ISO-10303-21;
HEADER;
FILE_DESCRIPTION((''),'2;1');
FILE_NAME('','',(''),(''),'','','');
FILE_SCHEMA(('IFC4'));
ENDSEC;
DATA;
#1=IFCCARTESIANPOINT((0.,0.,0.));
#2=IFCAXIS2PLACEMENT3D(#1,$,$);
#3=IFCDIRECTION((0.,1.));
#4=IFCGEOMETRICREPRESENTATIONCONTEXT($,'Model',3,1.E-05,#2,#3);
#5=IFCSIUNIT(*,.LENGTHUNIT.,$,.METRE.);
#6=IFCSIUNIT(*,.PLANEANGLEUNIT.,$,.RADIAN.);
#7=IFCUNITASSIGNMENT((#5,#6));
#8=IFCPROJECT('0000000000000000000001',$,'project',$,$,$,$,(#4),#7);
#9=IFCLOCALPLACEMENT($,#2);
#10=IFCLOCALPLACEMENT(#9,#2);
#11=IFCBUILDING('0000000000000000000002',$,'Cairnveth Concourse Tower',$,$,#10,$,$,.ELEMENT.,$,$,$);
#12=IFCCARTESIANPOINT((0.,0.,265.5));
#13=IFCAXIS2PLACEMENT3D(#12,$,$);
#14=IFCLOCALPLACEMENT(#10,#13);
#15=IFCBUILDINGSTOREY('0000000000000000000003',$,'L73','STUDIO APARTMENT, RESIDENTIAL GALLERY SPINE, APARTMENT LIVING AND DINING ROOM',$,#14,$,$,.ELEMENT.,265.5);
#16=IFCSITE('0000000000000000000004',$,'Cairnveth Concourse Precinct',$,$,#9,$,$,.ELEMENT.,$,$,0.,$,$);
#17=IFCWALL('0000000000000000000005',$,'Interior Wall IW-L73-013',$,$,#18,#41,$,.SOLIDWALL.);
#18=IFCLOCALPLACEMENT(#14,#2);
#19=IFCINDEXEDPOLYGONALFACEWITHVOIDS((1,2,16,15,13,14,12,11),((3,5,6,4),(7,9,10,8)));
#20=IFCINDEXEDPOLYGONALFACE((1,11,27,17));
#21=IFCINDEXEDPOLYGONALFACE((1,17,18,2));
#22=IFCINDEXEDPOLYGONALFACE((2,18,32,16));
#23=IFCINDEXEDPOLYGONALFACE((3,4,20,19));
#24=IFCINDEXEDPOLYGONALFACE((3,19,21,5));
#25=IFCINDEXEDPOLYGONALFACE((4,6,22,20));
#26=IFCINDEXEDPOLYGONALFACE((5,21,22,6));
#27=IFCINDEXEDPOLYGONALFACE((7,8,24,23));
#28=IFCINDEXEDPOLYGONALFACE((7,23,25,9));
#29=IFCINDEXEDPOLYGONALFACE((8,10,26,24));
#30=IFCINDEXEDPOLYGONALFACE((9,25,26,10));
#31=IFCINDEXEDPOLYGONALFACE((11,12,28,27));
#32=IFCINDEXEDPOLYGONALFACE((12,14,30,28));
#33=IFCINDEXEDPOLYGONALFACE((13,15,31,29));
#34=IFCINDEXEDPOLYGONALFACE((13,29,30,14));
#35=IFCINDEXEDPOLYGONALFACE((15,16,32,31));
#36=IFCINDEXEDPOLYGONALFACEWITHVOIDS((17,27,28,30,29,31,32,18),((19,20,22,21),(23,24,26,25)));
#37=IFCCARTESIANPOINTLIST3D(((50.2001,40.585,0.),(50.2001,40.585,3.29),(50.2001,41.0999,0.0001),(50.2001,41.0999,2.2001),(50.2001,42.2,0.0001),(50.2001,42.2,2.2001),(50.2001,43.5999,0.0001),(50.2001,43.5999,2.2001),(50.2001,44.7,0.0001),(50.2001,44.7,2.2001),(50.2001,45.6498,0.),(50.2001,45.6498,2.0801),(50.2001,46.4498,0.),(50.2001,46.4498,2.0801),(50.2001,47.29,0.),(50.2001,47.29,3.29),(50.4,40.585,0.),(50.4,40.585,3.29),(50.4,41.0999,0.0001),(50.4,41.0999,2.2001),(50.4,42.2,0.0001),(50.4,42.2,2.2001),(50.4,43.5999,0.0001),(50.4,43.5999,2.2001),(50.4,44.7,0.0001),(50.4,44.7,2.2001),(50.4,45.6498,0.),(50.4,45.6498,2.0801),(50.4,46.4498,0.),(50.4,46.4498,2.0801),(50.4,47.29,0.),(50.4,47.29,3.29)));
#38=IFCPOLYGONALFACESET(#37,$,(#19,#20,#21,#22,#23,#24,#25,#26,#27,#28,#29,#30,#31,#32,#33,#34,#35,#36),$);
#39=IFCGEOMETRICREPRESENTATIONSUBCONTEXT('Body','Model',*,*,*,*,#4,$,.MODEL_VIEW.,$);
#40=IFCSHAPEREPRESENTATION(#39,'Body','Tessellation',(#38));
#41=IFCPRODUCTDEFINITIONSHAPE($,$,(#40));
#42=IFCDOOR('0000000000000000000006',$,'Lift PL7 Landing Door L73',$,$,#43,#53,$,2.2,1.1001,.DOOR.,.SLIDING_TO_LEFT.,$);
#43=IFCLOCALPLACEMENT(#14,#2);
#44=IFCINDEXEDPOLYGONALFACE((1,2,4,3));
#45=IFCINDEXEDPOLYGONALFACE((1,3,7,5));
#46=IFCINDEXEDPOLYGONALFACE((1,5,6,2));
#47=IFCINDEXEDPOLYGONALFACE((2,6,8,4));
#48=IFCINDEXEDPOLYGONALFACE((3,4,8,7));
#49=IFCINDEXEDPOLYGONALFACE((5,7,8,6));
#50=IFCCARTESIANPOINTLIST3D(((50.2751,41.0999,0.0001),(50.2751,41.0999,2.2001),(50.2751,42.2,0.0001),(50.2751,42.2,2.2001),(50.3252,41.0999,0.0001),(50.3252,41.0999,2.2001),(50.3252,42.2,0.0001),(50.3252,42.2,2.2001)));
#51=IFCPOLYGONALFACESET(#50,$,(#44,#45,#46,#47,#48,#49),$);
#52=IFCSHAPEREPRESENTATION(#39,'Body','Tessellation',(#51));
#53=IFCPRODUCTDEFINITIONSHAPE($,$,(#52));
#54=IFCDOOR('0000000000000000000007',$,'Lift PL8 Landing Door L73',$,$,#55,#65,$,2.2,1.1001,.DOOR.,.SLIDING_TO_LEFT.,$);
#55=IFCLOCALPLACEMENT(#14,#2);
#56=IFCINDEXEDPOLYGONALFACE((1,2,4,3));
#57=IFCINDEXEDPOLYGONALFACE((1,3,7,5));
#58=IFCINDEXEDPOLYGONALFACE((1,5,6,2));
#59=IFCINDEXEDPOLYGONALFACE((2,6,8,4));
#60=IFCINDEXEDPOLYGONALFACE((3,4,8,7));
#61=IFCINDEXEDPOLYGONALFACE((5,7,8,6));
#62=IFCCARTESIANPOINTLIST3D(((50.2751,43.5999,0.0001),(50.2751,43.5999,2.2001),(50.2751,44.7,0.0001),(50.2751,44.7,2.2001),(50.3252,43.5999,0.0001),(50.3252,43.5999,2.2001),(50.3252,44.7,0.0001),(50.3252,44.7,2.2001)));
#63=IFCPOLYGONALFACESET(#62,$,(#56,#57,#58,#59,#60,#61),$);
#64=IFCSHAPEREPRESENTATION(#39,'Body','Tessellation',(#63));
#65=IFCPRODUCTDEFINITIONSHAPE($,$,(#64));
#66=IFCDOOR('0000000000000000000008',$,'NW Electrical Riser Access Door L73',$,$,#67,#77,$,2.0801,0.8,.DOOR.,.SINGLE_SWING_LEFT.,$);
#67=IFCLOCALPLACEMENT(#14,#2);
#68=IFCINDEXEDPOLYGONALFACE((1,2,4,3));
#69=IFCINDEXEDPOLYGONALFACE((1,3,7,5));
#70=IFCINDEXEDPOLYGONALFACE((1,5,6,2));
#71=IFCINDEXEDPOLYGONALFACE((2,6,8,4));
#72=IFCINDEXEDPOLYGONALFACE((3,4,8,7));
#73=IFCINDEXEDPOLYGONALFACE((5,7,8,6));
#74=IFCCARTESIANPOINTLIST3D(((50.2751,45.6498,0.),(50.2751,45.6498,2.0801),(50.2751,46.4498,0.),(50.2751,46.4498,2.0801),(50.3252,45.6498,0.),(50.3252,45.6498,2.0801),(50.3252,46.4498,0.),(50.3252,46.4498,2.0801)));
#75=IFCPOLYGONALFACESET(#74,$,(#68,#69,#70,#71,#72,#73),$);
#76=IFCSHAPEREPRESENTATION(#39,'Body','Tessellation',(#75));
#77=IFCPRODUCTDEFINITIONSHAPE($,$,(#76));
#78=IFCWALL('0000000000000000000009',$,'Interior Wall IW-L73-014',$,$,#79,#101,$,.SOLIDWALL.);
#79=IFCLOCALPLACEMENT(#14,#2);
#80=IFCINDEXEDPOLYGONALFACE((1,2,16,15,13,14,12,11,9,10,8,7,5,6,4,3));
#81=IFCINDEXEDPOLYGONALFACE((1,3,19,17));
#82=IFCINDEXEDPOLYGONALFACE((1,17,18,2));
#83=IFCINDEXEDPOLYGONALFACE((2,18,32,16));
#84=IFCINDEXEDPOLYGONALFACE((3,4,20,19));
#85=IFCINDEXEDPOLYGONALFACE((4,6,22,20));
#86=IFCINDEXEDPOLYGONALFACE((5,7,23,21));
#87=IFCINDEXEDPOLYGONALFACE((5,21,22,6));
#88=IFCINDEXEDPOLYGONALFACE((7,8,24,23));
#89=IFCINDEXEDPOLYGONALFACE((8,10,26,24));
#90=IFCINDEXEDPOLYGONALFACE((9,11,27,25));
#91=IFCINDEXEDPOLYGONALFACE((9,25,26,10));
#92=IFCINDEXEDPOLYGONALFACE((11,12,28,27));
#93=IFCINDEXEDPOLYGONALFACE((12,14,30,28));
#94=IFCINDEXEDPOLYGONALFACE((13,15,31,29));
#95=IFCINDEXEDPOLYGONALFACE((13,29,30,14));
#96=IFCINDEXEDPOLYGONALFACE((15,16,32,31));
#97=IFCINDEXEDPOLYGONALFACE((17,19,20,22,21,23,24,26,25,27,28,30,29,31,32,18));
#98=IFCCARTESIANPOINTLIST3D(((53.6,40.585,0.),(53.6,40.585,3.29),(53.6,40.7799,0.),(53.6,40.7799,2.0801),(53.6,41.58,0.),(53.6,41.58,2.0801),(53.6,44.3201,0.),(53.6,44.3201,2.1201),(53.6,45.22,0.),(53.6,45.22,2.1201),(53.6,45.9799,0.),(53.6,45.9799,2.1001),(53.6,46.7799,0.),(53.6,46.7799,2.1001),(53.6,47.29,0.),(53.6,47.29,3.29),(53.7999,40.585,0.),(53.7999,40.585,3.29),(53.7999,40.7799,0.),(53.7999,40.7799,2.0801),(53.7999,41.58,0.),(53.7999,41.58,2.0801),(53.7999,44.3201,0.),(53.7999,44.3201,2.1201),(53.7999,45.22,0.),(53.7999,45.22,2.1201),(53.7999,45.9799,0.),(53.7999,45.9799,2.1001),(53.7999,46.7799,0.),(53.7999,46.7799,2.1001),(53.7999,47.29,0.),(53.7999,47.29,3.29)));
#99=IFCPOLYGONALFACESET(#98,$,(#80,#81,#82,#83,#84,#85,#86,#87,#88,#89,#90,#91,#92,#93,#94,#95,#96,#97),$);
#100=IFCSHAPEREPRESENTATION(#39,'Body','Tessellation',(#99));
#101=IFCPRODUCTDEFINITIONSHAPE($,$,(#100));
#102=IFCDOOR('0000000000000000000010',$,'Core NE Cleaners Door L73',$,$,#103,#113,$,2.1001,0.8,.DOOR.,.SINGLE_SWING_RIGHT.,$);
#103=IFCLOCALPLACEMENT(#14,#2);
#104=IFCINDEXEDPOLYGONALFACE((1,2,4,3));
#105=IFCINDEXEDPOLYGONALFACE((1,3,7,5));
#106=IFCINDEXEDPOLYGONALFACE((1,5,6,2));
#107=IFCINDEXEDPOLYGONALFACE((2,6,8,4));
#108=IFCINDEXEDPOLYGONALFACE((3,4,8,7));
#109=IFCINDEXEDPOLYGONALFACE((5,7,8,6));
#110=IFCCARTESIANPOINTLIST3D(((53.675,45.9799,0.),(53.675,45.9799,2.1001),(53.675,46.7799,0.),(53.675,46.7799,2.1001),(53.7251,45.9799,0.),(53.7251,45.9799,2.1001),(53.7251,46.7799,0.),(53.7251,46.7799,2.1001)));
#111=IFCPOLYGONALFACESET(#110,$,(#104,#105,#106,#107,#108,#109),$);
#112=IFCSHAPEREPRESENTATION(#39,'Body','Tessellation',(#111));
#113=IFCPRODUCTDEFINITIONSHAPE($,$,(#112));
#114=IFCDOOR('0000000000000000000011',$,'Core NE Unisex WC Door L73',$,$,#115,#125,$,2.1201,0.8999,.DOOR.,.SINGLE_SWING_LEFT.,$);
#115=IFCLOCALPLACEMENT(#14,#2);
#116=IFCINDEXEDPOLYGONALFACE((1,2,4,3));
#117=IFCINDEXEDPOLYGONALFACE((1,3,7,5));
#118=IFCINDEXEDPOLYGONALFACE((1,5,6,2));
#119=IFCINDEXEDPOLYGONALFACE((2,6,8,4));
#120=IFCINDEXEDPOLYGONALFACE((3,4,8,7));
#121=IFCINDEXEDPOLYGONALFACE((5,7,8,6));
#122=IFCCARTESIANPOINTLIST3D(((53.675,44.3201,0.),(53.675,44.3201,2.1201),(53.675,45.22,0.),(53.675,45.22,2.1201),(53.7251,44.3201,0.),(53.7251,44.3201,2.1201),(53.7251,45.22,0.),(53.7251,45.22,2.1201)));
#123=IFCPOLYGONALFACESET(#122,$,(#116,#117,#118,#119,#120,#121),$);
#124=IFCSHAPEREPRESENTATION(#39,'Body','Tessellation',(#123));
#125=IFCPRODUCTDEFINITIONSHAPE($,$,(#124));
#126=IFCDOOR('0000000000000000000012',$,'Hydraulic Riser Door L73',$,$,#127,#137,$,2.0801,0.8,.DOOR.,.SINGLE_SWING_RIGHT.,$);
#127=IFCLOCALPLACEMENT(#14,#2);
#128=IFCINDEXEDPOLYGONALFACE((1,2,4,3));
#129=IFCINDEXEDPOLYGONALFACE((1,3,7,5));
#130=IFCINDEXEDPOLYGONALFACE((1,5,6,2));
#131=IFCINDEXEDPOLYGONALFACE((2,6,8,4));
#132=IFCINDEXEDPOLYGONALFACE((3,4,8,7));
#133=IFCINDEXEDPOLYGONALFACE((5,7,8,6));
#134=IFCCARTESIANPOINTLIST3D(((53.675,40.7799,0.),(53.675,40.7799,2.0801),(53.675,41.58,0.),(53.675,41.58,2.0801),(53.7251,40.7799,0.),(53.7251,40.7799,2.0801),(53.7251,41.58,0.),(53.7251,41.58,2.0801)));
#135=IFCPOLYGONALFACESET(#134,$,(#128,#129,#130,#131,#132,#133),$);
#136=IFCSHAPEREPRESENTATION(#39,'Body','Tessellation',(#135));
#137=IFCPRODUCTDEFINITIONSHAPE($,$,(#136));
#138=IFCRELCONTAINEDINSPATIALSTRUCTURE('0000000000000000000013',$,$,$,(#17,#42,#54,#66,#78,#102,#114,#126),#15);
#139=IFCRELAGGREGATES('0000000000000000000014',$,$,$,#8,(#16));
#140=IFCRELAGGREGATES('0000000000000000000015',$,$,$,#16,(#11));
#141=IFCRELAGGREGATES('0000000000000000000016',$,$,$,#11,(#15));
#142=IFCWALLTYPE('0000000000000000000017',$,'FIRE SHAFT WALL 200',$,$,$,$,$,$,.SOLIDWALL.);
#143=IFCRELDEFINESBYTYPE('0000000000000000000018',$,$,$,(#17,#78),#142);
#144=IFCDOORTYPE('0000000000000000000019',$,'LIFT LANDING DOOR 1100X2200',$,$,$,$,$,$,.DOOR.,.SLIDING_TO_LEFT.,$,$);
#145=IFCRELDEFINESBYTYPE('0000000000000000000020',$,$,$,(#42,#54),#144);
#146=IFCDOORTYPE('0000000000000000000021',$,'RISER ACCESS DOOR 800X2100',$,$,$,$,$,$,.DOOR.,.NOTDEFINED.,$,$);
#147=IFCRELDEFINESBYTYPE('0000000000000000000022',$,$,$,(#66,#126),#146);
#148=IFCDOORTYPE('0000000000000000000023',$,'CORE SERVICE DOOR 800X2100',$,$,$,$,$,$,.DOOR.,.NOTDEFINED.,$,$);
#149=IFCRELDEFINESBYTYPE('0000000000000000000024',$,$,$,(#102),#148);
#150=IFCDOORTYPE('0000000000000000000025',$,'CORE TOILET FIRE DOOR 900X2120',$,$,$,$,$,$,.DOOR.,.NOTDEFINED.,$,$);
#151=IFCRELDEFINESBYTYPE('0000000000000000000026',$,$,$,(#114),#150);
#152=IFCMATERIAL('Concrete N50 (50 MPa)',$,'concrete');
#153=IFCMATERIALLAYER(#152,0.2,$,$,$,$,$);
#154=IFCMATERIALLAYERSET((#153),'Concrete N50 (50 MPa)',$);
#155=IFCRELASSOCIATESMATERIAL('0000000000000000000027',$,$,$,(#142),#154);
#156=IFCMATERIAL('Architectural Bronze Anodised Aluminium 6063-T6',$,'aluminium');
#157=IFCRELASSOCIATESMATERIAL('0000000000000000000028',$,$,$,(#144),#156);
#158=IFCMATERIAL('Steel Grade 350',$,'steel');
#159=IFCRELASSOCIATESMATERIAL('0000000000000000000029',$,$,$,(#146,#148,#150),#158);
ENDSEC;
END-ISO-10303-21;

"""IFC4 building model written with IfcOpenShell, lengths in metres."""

from ifc_helpers import new_model, si_unit, direction, frame, frame_2d, origin, place, context, subcontext, project, spatial, rectangle, extrude, material, layer, layer_set, type_object, element, fill, save


model = new_model("IFC4")

# Units and contexts
model_context = context("Model", 3, precision=1e-05, world=origin(), true_north=direction((0.0, 1.0)))
body_context = subcontext(model_context, "Body", "Model", "MODEL_VIEW")
ifc_project = project(units=[si_unit("LENGTHUNIT", "METRE"), si_unit("PLANEANGLEUNIT", "RADIAN")], contexts=[model_context])

# Site, building, storey
site_placement = place(None, origin())
site = spatial("IfcSite", under=ifc_project, at=site_placement, Name="Cairnveth Concourse Precinct", CompositionType="ELEMENT", RefElevation=0.0)
building_placement = place(site_placement, origin())
building = spatial("IfcBuilding", under=site, at=building_placement, Name="Cairnveth Concourse Tower", CompositionType="ELEMENT")
storey_placement = place(building_placement, frame((0.0, 0.0, 265.5)))
storey = spatial("IfcBuildingStorey", under=building, at=storey_placement, Name="L73", Description="STUDIO APARTMENT, RESIDENTIAL GALLERY SPINE, APARTMENT LIVING AND DINING ROOM", CompositionType="ELEMENT", Elevation=265.5)

# Shared definitions
ifc_material_1 = material(Name="Steel Grade 350", Category="steel")

# Shared definitions
ifc_material_2 = material(Name="Concrete N50 (50 MPa)", Category="concrete")
ifc_layer_1 = layer(ifc_material_2, 0.2)
ifc_layer_set_1 = layer_set([ifc_layer_1], Name="Concrete N50 (50 MPa)")
wall_type_1 = type_object("IfcWallType", Name="FIRE SHAFT WALL 200", PredefinedType="SOLIDWALL", material=ifc_layer_set_1)

# Walls, openings, doors
wall_1_placement = place(storey_placement, frame((50.3, 40.585, 0.0), z_axis=(0.0, 0.0, 1.0), x_axis=(0.0, 1.0, 0.0)))
wall_1 = element("IfcWall", 1, at=wall_1_placement, inside=storey, type_object=wall_type_1, Name="Interior Wall IW-L73-013", PredefinedType="SOLIDWALL", context=body_context, shape_type="SweptSolid", body=[
    extrude(rectangle(XDim=6.7051, YDim=0.2, at=frame_2d((3.3525, 0.0))), origin(), (0.0, 0.0, 1.0), 3.29),
])
opening_1_placement = place(wall_1_placement, frame((0.5149, 0.0, 0.0)))
opening_1 = element("IfcOpeningElement", 2, at=opening_1_placement, cuts=wall_1, PredefinedType="OPENING", context=body_context, shape_type="SweptSolid", body=[
    extrude(rectangle(XDim=1.1001, YDim=2.2, at=frame_2d((0.55, 1.1001))), frame((0.0, 0.1099, 0.0), z_axis=(0.0, -1.0, 0.0), x_axis=(1.0, 0.0, 0.0)), (0.0, 0.0, 1.0), 0.22),
])
opening_2_placement = place(wall_1_placement, frame((3.0149, 0.0, 0.0)))
opening_2 = element("IfcOpeningElement", 3, at=opening_2_placement, cuts=wall_1, PredefinedType="OPENING", context=body_context, shape_type="SweptSolid", body=[
    extrude(rectangle(XDim=1.1001, YDim=2.2, at=frame_2d((0.55, 1.1001))), frame((0.0, 0.1099, 0.0), z_axis=(0.0, -1.0, 0.0), x_axis=(1.0, 0.0, 0.0)), (0.0, 0.0, 1.0), 0.22),
])
opening_3_placement = place(wall_1_placement, frame((5.0649, 0.0, 0.0)))
opening_3 = element("IfcOpeningElement", 4, at=opening_3_placement, cuts=wall_1, PredefinedType="OPENING", context=body_context, shape_type="SweptSolid", body=[
    extrude(rectangle(XDim=0.8, YDim=2.0801, at=frame_2d((0.3999, 1.04))), frame((0.0, 0.1099, 0.0), z_axis=(0.0, -1.0, 0.0), x_axis=(1.0, 0.0, 0.0)), (0.0, 0.0, 1.0), 0.22),
])
ifc_material_3 = material(Name="Architectural Bronze Anodised Aluminium 6063-T6", Category="aluminium")
door_type_1 = type_object("IfcDoorType", Name="LIFT LANDING DOOR 1100X2200", OperationType="SLIDING_TO_LEFT", PredefinedType="DOOR", material=ifc_material_3)
door_1_placement = place(opening_1_placement, origin())
door_1 = element("IfcDoor", 5, at=door_1_placement, inside=storey, type_object=door_type_1, Name="Lift PL7 Landing Door L73", OperationType="SLIDING_TO_LEFT", OverallHeight=2.2, OverallWidth=1.1001, PredefinedType="DOOR", context=body_context, shape_type="SweptSolid", body=[
    extrude(rectangle(XDim=1.1001, YDim=2.2, at=frame_2d((0.55, 1.1001))), frame((0.0, 0.0249, 0.0), z_axis=(0.0, -1.0, 0.0), x_axis=(1.0, 0.0, 0.0)), (0.0, 0.0, 1.0), 0.05),
])
fill(opening_1, door_1)
door_2_placement = place(opening_2_placement, origin())
door_2 = element("IfcDoor", 6, at=door_2_placement, inside=storey, type_object=door_type_1, Name="Lift PL8 Landing Door L73", OperationType="SLIDING_TO_LEFT", OverallHeight=2.2, OverallWidth=1.1001, PredefinedType="DOOR", context=body_context, shape_type="SweptSolid", body=[
    extrude(rectangle(XDim=1.1001, YDim=2.2, at=frame_2d((0.55, 1.1001))), frame((0.0, 0.0249, 0.0), z_axis=(0.0, -1.0, 0.0), x_axis=(1.0, 0.0, 0.0)), (0.0, 0.0, 1.0), 0.05),
])
fill(opening_2, door_2)
door_type_2 = type_object("IfcDoorType", Name="RISER ACCESS DOOR 800X2100", OperationType="NOTDEFINED", PredefinedType="DOOR", material=ifc_material_1)
door_3_placement = place(opening_3_placement, origin())
door_3 = element("IfcDoor", 7, at=door_3_placement, inside=storey, type_object=door_type_2, Name="NW Electrical Riser Access Door L73", OperationType="SINGLE_SWING_LEFT", OverallHeight=2.0801, OverallWidth=0.8, PredefinedType="DOOR", context=body_context, shape_type="SweptSolid", body=[
    extrude(rectangle(XDim=0.8, YDim=2.0801, at=frame_2d((0.3999, 1.04))), frame((0.0, 0.0249, 0.0), z_axis=(0.0, -1.0, 0.0), x_axis=(1.0, 0.0, 0.0)), (0.0, 0.0, 1.0), 0.05),
])
fill(opening_3, door_3)
wall_2_placement = place(storey_placement, frame((53.7, 40.585, 0.0), z_axis=(0.0, 0.0, 1.0), x_axis=(0.0, 1.0, 0.0)))
wall_2 = element("IfcWall", 8, at=wall_2_placement, inside=storey, type_object=wall_type_1, Name="Interior Wall IW-L73-014", PredefinedType="SOLIDWALL", context=body_context, shape_type="SweptSolid", body=[
    extrude(rectangle(XDim=6.7051, YDim=0.2, at=frame_2d((3.3525, 0.0))), origin(), (0.0, 0.0, 1.0), 3.29),
])
opening_4_placement = place(wall_2_placement, frame((0.1951, 0.0, 0.0)))
opening_4 = element("IfcOpeningElement", 9, at=opening_4_placement, cuts=wall_2, PredefinedType="OPENING", context=body_context, shape_type="SweptSolid", body=[
    extrude(rectangle(XDim=0.8, YDim=2.0801, at=frame_2d((0.3999, 1.04))), frame((0.0, 0.1099, 0.0), z_axis=(0.0, -1.0, 0.0), x_axis=(1.0, 0.0, 0.0)), (0.0, 0.0, 1.0), 0.22),
])
opening_5_placement = place(wall_2_placement, frame((3.7351, 0.0, 0.0)))
opening_5 = element("IfcOpeningElement", 10, at=opening_5_placement, cuts=wall_2, PredefinedType="OPENING", context=body_context, shape_type="SweptSolid", body=[
    extrude(rectangle(XDim=0.8999, YDim=2.1201, at=frame_2d((0.45, 1.0601))), frame((0.0, 0.1099, 0.0), z_axis=(0.0, -1.0, 0.0), x_axis=(1.0, 0.0, 0.0)), (0.0, 0.0, 1.0), 0.22),
])
opening_6_placement = place(wall_2_placement, frame((5.395, 0.0, 0.0)))
opening_6 = element("IfcOpeningElement", 11, at=opening_6_placement, cuts=wall_2, PredefinedType="OPENING", context=body_context, shape_type="SweptSolid", body=[
    extrude(rectangle(XDim=0.8, YDim=2.1001, at=frame_2d((0.3999, 1.05))), frame((0.0, 0.1099, 0.0), z_axis=(0.0, -1.0, 0.0), x_axis=(1.0, 0.0, 0.0)), (0.0, 0.0, 1.0), 0.22),
])
door_type_3 = type_object("IfcDoorType", Name="CORE SERVICE DOOR 800X2100", OperationType="NOTDEFINED", PredefinedType="DOOR", material=ifc_material_1)
door_4_placement = place(opening_6_placement, origin())
door_4 = element("IfcDoor", 12, at=door_4_placement, inside=storey, type_object=door_type_3, Name="Core NE Cleaners Door L73", OperationType="SINGLE_SWING_RIGHT", OverallHeight=2.1001, OverallWidth=0.8, PredefinedType="DOOR", context=body_context, shape_type="SweptSolid", body=[
    extrude(rectangle(XDim=0.8, YDim=2.1001, at=frame_2d((0.3999, 1.05))), frame((0.0, 0.0249, 0.0), z_axis=(0.0, -1.0, 0.0), x_axis=(1.0, 0.0, 0.0)), (0.0, 0.0, 1.0), 0.05),
])
fill(opening_6, door_4)
door_type_4 = type_object("IfcDoorType", Name="CORE TOILET FIRE DOOR 900X2120", OperationType="NOTDEFINED", PredefinedType="DOOR", material=ifc_material_1)
door_5_placement = place(opening_5_placement, origin())
door_5 = element("IfcDoor", 13, at=door_5_placement, inside=storey, type_object=door_type_4, Name="Core NE Unisex WC Door L73", OperationType="SINGLE_SWING_LEFT", OverallHeight=2.1201, OverallWidth=0.8999, PredefinedType="DOOR", context=body_context, shape_type="SweptSolid", body=[
    extrude(rectangle(XDim=0.8999, YDim=2.1201, at=frame_2d((0.45, 1.0601))), frame((0.0, 0.0249, 0.0), z_axis=(0.0, -1.0, 0.0), x_axis=(1.0, 0.0, 0.0)), (0.0, 0.0, 1.0), 0.05),
])
fill(opening_5, door_5)
door_6_placement = place(opening_4_placement, origin())
door_6 = element("IfcDoor", 14, at=door_6_placement, inside=storey, type_object=door_type_2, Name="Hydraulic Riser Door L73", OperationType="SINGLE_SWING_RIGHT", OverallHeight=2.0801, OverallWidth=0.8, PredefinedType="DOOR", context=body_context, shape_type="SweptSolid", body=[
    extrude(rectangle(XDim=0.8, YDim=2.0801, at=frame_2d((0.3999, 1.04))), frame((0.0, 0.0249, 0.0), z_axis=(0.0, -1.0, 0.0), x_axis=(1.0, 0.0, 0.0)), (0.0, 0.0, 1.0), 0.05),
])
fill(opening_4, door_6)

save(model, "model.ifc")
